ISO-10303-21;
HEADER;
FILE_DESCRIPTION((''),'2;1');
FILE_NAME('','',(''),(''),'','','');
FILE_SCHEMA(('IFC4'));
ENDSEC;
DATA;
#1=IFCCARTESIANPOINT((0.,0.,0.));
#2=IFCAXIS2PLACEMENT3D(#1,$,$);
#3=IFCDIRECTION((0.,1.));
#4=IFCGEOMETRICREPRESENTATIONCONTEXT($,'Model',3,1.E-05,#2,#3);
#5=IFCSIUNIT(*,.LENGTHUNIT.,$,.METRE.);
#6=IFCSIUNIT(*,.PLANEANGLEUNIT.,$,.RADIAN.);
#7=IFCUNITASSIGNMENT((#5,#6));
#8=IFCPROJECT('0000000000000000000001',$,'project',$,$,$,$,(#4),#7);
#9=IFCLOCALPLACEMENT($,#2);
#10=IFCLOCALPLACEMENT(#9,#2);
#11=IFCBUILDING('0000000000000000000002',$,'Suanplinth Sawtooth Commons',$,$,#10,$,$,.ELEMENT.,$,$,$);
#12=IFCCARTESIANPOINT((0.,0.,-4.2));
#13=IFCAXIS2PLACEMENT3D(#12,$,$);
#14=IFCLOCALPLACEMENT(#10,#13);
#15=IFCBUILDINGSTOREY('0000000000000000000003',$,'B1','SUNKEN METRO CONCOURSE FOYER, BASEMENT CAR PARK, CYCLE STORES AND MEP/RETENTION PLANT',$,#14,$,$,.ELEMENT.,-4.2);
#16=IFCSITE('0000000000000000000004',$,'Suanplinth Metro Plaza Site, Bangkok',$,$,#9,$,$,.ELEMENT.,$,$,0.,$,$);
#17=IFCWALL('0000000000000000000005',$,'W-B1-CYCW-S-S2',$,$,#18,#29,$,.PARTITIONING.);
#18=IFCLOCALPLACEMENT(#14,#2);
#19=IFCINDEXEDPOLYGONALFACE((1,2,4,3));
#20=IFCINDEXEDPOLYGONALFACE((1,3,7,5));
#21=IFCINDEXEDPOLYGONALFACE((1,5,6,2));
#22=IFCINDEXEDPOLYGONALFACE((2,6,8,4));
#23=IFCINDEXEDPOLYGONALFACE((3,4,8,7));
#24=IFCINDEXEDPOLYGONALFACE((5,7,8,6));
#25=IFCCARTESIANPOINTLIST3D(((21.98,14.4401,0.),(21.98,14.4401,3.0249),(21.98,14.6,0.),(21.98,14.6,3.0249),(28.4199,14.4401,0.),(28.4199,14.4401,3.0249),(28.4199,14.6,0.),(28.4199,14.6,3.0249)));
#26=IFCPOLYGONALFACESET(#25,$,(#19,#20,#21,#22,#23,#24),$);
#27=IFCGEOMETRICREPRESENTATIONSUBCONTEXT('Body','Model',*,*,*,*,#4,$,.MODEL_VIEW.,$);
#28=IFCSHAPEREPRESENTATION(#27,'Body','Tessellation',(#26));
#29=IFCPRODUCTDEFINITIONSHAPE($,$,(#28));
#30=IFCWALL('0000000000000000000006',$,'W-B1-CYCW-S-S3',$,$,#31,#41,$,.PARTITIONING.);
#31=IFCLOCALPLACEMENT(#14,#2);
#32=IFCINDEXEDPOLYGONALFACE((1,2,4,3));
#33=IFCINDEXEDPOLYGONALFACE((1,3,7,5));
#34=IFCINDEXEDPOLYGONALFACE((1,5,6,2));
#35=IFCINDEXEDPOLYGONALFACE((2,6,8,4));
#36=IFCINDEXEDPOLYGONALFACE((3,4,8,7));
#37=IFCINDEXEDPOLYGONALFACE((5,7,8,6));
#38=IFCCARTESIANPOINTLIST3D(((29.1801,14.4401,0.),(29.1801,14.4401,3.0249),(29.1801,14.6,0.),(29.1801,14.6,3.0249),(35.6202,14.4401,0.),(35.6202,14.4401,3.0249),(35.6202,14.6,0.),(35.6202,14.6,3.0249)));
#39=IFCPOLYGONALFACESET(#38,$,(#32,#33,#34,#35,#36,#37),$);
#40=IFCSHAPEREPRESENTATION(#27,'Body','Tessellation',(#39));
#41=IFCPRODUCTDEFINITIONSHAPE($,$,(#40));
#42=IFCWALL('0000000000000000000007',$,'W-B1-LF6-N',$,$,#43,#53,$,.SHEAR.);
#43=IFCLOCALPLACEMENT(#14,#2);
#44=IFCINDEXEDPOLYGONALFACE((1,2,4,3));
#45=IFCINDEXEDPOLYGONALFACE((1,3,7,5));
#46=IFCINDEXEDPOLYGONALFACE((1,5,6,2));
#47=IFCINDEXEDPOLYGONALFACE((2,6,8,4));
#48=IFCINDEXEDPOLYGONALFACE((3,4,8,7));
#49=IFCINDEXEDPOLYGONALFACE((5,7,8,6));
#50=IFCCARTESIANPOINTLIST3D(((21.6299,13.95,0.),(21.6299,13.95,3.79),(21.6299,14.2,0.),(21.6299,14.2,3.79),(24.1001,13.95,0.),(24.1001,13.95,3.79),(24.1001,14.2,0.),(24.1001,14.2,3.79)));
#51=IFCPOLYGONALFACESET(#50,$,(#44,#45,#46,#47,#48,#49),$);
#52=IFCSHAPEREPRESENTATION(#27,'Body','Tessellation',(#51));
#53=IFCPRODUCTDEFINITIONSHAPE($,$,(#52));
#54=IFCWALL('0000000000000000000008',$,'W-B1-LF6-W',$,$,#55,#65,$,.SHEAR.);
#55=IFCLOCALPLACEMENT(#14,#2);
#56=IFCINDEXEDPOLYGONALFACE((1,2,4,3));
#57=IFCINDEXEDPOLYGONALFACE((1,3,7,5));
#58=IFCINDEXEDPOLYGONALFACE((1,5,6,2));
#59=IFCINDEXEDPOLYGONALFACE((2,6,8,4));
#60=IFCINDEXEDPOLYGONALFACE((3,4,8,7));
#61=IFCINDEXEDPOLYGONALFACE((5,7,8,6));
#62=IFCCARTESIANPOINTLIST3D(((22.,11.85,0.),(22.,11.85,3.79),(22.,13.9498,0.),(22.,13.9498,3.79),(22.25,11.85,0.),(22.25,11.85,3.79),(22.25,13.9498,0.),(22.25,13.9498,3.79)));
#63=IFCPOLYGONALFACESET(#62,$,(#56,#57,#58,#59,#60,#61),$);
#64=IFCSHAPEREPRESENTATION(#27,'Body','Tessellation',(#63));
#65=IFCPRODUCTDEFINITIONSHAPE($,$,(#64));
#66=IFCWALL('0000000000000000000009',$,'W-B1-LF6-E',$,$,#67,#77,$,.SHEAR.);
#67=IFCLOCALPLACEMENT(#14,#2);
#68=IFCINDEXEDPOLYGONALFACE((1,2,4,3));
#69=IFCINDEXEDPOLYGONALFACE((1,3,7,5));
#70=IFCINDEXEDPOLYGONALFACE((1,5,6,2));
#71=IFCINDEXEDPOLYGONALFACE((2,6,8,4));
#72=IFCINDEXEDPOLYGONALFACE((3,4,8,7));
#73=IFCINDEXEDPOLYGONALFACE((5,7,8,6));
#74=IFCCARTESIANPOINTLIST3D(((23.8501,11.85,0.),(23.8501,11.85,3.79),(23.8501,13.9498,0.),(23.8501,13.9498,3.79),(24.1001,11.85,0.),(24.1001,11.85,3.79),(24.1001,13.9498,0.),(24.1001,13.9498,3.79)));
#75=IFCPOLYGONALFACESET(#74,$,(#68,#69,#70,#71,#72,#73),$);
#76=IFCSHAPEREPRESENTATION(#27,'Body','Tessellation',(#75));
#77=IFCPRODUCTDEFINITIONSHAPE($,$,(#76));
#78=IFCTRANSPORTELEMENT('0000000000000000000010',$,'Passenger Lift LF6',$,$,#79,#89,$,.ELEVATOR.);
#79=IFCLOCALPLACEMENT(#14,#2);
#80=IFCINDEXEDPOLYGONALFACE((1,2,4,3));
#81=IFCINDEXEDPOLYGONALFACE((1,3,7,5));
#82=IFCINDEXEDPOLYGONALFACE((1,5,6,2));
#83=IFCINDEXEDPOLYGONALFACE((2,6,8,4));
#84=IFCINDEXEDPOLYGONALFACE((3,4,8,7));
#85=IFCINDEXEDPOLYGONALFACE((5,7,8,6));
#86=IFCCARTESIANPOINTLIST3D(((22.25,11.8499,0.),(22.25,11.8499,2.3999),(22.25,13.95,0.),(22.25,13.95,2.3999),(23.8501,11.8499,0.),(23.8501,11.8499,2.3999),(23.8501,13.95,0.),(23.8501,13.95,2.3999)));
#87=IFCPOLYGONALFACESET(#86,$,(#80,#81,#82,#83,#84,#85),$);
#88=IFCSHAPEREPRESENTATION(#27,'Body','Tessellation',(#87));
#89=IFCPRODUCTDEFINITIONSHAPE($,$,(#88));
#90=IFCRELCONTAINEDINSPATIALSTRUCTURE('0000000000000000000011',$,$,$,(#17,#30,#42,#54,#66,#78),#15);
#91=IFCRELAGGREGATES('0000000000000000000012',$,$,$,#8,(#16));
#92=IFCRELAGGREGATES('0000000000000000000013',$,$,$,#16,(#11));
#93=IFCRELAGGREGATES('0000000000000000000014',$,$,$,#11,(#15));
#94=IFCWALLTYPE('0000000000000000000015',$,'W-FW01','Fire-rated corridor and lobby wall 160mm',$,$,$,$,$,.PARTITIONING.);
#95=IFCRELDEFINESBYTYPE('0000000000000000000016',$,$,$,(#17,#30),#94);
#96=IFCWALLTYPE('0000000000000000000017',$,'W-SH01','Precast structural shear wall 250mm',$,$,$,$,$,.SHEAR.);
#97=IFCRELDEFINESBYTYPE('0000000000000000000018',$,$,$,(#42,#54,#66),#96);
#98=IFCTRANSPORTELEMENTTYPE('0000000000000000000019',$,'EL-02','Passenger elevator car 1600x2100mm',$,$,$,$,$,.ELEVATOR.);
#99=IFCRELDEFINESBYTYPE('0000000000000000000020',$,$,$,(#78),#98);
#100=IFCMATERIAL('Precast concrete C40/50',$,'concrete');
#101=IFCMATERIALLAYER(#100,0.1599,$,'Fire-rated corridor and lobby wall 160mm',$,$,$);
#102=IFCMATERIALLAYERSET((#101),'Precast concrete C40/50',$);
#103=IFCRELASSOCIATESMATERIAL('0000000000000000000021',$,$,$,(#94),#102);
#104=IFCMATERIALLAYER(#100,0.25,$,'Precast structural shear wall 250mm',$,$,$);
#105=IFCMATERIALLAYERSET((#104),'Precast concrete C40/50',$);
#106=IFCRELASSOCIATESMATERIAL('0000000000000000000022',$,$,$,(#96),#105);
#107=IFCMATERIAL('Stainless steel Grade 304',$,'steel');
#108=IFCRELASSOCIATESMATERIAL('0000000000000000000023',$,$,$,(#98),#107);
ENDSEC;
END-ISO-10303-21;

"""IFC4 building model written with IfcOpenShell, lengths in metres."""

from ifc_helpers import new_model, si_unit, direction, frame, frame_2d, origin, origin_2d, place, context, subcontext, project, spatial, rectangle, extrude, material, layer, layer_set, type_object, element, save


model = new_model("IFC4")

# Units and contexts
model_context = context("Model", 3, precision=1e-05, world=origin(), true_north=direction((0.0, 1.0)))
body_context = subcontext(model_context, "Body", "Model", "MODEL_VIEW")
ifc_project = project(units=[si_unit("LENGTHUNIT", "METRE"), si_unit("PLANEANGLEUNIT", "RADIAN")], contexts=[model_context])

# Site, building, storey
site_placement = place(None, origin())
site = spatial("IfcSite", under=ifc_project, at=site_placement, Name="Suanplinth Metro Plaza Site, Bangkok", CompositionType="ELEMENT", RefElevation=0.0)
building_placement = place(site_placement, origin())
building = spatial("IfcBuilding", under=site, at=building_placement, Name="Suanplinth Sawtooth Commons", CompositionType="ELEMENT")
storey_placement = place(building_placement, frame((0.0, 0.0, -4.2)))
storey = spatial("IfcBuildingStorey", under=building, at=storey_placement, Name="B1", Description="SUNKEN METRO CONCOURSE FOYER, BASEMENT CAR PARK, CYCLE STORES AND MEP/RETENTION PLANT", CompositionType="ELEMENT", Elevation=-4.2)

# Walls
ifc_material_1 = material(Name="Precast concrete C40/50", Category="concrete")
ifc_layer_1 = layer(ifc_material_1, 0.1599, Name="Fire-rated corridor and lobby wall 160mm")
ifc_layer_set_1 = layer_set([ifc_layer_1], Name="Precast concrete C40/50")
wall_type_1 = type_object("IfcWallType", Name="W-FW01", Description="Fire-rated corridor and lobby wall 160mm", PredefinedType="PARTITIONING", material=ifc_layer_set_1)
wall_1_placement = place(storey_placement, frame((21.98, 14.52, 0.0), z_axis=(0.0, 0.0, 1.0), x_axis=(1.0, 0.0, 0.0)))
element("IfcWall", 1, at=wall_1_placement, inside=storey, type_object=wall_type_1, Name="W-B1-CYCW-S-S2", PredefinedType="PARTITIONING", context=body_context, shape_type="SweptSolid", body=[
    extrude(rectangle(XDim=6.4399, YDim=0.1599, at=frame_2d((3.22, 0.0))), origin(), (0.0, 0.0, 1.0), 3.0249),
])
wall_2_placement = place(storey_placement, frame((29.1799, 14.52, 0.0), z_axis=(0.0, 0.0, 1.0), x_axis=(1.0, 0.0, 0.0)))
element("IfcWall", 2, at=wall_2_placement, inside=storey, type_object=wall_type_1, Name="W-B1-CYCW-S-S3", PredefinedType="PARTITIONING", context=body_context, shape_type="SweptSolid", body=[
    extrude(rectangle(XDim=6.4402, YDim=0.1599, at=frame_2d((3.2202, 0.0))), origin(), (0.0, 0.0, 1.0), 3.0249),
])

# Shared definitions
ifc_layer_2 = layer(ifc_material_1, 0.25, Name="Precast structural shear wall 250mm")
ifc_layer_set_2 = layer_set([ifc_layer_2], Name="Precast concrete C40/50")
wall_type_2 = type_object("IfcWallType", Name="W-SH01", Description="Precast structural shear wall 250mm", PredefinedType="SHEAR", material=ifc_layer_set_2)
ifc_material_2 = material(Name="Stainless steel Grade 304", Category="steel")

# Walls
wall_3_placement = place(storey_placement, frame((21.6299, 14.075, 0.0), z_axis=(0.0, 0.0, 1.0), x_axis=(1.0, 0.0, 0.0)))
element("IfcWall", 3, at=wall_3_placement, inside=storey, type_object=wall_type_2, Name="W-B1-LF6-N", PredefinedType="SHEAR", context=body_context, shape_type="SweptSolid", body=[
    extrude(rectangle(XDim=2.4702, YDim=0.25, at=frame_2d((1.2351, 0.0))), origin(), (0.0, 0.0, 1.0), 3.79),
])
for number, where, z_axis, x_axis, name in (
    (4, (22.125, 11.8501, 0.0), (0.0, 0.0, 1.0), (0.0, 1.0, 0.0), "W-B1-LF6-W"),
    (5, (23.9751, 11.8501, 0.0), (0.0, 0.0, 1.0), (0.0, 1.0, 0.0), "W-B1-LF6-E"),
):
    element("IfcWall", number, at=place(storey_placement, frame(where, z_axis=z_axis, x_axis=x_axis)), inside=storey, type_object=wall_type_2, Name=name, PredefinedType="SHEAR", context=body_context, shape_type="SweptSolid", body=[
        extrude(rectangle(XDim=2.0999, YDim=0.25, at=frame_2d((1.0498, 0.0))), origin(), (0.0, 0.0, 1.0), 3.79),
    ])

# Transport element
transport_element_type = type_object("IfcTransportElementType", Name="EL-02", Description="Passenger elevator car 1600x2100mm", PredefinedType="ELEVATOR", material=ifc_material_2)
transport_element_placement = place(storey_placement, frame((23.05, 12.8999, 0.0), z_axis=(0.0, 0.0, 1.0), x_axis=(1.0, 0.0, 0.0)))
element("IfcTransportElement", 6, at=transport_element_placement, inside=storey, type_object=transport_element_type, Name="Passenger Lift LF6", PredefinedType="ELEVATOR", context=body_context, shape_type="SweptSolid", body=[
    extrude(rectangle(XDim=1.6001, YDim=2.1001, at=origin_2d()), origin(), (0.0, 0.0, 1.0), 2.3999),
])

save(model, "model.ifc")
